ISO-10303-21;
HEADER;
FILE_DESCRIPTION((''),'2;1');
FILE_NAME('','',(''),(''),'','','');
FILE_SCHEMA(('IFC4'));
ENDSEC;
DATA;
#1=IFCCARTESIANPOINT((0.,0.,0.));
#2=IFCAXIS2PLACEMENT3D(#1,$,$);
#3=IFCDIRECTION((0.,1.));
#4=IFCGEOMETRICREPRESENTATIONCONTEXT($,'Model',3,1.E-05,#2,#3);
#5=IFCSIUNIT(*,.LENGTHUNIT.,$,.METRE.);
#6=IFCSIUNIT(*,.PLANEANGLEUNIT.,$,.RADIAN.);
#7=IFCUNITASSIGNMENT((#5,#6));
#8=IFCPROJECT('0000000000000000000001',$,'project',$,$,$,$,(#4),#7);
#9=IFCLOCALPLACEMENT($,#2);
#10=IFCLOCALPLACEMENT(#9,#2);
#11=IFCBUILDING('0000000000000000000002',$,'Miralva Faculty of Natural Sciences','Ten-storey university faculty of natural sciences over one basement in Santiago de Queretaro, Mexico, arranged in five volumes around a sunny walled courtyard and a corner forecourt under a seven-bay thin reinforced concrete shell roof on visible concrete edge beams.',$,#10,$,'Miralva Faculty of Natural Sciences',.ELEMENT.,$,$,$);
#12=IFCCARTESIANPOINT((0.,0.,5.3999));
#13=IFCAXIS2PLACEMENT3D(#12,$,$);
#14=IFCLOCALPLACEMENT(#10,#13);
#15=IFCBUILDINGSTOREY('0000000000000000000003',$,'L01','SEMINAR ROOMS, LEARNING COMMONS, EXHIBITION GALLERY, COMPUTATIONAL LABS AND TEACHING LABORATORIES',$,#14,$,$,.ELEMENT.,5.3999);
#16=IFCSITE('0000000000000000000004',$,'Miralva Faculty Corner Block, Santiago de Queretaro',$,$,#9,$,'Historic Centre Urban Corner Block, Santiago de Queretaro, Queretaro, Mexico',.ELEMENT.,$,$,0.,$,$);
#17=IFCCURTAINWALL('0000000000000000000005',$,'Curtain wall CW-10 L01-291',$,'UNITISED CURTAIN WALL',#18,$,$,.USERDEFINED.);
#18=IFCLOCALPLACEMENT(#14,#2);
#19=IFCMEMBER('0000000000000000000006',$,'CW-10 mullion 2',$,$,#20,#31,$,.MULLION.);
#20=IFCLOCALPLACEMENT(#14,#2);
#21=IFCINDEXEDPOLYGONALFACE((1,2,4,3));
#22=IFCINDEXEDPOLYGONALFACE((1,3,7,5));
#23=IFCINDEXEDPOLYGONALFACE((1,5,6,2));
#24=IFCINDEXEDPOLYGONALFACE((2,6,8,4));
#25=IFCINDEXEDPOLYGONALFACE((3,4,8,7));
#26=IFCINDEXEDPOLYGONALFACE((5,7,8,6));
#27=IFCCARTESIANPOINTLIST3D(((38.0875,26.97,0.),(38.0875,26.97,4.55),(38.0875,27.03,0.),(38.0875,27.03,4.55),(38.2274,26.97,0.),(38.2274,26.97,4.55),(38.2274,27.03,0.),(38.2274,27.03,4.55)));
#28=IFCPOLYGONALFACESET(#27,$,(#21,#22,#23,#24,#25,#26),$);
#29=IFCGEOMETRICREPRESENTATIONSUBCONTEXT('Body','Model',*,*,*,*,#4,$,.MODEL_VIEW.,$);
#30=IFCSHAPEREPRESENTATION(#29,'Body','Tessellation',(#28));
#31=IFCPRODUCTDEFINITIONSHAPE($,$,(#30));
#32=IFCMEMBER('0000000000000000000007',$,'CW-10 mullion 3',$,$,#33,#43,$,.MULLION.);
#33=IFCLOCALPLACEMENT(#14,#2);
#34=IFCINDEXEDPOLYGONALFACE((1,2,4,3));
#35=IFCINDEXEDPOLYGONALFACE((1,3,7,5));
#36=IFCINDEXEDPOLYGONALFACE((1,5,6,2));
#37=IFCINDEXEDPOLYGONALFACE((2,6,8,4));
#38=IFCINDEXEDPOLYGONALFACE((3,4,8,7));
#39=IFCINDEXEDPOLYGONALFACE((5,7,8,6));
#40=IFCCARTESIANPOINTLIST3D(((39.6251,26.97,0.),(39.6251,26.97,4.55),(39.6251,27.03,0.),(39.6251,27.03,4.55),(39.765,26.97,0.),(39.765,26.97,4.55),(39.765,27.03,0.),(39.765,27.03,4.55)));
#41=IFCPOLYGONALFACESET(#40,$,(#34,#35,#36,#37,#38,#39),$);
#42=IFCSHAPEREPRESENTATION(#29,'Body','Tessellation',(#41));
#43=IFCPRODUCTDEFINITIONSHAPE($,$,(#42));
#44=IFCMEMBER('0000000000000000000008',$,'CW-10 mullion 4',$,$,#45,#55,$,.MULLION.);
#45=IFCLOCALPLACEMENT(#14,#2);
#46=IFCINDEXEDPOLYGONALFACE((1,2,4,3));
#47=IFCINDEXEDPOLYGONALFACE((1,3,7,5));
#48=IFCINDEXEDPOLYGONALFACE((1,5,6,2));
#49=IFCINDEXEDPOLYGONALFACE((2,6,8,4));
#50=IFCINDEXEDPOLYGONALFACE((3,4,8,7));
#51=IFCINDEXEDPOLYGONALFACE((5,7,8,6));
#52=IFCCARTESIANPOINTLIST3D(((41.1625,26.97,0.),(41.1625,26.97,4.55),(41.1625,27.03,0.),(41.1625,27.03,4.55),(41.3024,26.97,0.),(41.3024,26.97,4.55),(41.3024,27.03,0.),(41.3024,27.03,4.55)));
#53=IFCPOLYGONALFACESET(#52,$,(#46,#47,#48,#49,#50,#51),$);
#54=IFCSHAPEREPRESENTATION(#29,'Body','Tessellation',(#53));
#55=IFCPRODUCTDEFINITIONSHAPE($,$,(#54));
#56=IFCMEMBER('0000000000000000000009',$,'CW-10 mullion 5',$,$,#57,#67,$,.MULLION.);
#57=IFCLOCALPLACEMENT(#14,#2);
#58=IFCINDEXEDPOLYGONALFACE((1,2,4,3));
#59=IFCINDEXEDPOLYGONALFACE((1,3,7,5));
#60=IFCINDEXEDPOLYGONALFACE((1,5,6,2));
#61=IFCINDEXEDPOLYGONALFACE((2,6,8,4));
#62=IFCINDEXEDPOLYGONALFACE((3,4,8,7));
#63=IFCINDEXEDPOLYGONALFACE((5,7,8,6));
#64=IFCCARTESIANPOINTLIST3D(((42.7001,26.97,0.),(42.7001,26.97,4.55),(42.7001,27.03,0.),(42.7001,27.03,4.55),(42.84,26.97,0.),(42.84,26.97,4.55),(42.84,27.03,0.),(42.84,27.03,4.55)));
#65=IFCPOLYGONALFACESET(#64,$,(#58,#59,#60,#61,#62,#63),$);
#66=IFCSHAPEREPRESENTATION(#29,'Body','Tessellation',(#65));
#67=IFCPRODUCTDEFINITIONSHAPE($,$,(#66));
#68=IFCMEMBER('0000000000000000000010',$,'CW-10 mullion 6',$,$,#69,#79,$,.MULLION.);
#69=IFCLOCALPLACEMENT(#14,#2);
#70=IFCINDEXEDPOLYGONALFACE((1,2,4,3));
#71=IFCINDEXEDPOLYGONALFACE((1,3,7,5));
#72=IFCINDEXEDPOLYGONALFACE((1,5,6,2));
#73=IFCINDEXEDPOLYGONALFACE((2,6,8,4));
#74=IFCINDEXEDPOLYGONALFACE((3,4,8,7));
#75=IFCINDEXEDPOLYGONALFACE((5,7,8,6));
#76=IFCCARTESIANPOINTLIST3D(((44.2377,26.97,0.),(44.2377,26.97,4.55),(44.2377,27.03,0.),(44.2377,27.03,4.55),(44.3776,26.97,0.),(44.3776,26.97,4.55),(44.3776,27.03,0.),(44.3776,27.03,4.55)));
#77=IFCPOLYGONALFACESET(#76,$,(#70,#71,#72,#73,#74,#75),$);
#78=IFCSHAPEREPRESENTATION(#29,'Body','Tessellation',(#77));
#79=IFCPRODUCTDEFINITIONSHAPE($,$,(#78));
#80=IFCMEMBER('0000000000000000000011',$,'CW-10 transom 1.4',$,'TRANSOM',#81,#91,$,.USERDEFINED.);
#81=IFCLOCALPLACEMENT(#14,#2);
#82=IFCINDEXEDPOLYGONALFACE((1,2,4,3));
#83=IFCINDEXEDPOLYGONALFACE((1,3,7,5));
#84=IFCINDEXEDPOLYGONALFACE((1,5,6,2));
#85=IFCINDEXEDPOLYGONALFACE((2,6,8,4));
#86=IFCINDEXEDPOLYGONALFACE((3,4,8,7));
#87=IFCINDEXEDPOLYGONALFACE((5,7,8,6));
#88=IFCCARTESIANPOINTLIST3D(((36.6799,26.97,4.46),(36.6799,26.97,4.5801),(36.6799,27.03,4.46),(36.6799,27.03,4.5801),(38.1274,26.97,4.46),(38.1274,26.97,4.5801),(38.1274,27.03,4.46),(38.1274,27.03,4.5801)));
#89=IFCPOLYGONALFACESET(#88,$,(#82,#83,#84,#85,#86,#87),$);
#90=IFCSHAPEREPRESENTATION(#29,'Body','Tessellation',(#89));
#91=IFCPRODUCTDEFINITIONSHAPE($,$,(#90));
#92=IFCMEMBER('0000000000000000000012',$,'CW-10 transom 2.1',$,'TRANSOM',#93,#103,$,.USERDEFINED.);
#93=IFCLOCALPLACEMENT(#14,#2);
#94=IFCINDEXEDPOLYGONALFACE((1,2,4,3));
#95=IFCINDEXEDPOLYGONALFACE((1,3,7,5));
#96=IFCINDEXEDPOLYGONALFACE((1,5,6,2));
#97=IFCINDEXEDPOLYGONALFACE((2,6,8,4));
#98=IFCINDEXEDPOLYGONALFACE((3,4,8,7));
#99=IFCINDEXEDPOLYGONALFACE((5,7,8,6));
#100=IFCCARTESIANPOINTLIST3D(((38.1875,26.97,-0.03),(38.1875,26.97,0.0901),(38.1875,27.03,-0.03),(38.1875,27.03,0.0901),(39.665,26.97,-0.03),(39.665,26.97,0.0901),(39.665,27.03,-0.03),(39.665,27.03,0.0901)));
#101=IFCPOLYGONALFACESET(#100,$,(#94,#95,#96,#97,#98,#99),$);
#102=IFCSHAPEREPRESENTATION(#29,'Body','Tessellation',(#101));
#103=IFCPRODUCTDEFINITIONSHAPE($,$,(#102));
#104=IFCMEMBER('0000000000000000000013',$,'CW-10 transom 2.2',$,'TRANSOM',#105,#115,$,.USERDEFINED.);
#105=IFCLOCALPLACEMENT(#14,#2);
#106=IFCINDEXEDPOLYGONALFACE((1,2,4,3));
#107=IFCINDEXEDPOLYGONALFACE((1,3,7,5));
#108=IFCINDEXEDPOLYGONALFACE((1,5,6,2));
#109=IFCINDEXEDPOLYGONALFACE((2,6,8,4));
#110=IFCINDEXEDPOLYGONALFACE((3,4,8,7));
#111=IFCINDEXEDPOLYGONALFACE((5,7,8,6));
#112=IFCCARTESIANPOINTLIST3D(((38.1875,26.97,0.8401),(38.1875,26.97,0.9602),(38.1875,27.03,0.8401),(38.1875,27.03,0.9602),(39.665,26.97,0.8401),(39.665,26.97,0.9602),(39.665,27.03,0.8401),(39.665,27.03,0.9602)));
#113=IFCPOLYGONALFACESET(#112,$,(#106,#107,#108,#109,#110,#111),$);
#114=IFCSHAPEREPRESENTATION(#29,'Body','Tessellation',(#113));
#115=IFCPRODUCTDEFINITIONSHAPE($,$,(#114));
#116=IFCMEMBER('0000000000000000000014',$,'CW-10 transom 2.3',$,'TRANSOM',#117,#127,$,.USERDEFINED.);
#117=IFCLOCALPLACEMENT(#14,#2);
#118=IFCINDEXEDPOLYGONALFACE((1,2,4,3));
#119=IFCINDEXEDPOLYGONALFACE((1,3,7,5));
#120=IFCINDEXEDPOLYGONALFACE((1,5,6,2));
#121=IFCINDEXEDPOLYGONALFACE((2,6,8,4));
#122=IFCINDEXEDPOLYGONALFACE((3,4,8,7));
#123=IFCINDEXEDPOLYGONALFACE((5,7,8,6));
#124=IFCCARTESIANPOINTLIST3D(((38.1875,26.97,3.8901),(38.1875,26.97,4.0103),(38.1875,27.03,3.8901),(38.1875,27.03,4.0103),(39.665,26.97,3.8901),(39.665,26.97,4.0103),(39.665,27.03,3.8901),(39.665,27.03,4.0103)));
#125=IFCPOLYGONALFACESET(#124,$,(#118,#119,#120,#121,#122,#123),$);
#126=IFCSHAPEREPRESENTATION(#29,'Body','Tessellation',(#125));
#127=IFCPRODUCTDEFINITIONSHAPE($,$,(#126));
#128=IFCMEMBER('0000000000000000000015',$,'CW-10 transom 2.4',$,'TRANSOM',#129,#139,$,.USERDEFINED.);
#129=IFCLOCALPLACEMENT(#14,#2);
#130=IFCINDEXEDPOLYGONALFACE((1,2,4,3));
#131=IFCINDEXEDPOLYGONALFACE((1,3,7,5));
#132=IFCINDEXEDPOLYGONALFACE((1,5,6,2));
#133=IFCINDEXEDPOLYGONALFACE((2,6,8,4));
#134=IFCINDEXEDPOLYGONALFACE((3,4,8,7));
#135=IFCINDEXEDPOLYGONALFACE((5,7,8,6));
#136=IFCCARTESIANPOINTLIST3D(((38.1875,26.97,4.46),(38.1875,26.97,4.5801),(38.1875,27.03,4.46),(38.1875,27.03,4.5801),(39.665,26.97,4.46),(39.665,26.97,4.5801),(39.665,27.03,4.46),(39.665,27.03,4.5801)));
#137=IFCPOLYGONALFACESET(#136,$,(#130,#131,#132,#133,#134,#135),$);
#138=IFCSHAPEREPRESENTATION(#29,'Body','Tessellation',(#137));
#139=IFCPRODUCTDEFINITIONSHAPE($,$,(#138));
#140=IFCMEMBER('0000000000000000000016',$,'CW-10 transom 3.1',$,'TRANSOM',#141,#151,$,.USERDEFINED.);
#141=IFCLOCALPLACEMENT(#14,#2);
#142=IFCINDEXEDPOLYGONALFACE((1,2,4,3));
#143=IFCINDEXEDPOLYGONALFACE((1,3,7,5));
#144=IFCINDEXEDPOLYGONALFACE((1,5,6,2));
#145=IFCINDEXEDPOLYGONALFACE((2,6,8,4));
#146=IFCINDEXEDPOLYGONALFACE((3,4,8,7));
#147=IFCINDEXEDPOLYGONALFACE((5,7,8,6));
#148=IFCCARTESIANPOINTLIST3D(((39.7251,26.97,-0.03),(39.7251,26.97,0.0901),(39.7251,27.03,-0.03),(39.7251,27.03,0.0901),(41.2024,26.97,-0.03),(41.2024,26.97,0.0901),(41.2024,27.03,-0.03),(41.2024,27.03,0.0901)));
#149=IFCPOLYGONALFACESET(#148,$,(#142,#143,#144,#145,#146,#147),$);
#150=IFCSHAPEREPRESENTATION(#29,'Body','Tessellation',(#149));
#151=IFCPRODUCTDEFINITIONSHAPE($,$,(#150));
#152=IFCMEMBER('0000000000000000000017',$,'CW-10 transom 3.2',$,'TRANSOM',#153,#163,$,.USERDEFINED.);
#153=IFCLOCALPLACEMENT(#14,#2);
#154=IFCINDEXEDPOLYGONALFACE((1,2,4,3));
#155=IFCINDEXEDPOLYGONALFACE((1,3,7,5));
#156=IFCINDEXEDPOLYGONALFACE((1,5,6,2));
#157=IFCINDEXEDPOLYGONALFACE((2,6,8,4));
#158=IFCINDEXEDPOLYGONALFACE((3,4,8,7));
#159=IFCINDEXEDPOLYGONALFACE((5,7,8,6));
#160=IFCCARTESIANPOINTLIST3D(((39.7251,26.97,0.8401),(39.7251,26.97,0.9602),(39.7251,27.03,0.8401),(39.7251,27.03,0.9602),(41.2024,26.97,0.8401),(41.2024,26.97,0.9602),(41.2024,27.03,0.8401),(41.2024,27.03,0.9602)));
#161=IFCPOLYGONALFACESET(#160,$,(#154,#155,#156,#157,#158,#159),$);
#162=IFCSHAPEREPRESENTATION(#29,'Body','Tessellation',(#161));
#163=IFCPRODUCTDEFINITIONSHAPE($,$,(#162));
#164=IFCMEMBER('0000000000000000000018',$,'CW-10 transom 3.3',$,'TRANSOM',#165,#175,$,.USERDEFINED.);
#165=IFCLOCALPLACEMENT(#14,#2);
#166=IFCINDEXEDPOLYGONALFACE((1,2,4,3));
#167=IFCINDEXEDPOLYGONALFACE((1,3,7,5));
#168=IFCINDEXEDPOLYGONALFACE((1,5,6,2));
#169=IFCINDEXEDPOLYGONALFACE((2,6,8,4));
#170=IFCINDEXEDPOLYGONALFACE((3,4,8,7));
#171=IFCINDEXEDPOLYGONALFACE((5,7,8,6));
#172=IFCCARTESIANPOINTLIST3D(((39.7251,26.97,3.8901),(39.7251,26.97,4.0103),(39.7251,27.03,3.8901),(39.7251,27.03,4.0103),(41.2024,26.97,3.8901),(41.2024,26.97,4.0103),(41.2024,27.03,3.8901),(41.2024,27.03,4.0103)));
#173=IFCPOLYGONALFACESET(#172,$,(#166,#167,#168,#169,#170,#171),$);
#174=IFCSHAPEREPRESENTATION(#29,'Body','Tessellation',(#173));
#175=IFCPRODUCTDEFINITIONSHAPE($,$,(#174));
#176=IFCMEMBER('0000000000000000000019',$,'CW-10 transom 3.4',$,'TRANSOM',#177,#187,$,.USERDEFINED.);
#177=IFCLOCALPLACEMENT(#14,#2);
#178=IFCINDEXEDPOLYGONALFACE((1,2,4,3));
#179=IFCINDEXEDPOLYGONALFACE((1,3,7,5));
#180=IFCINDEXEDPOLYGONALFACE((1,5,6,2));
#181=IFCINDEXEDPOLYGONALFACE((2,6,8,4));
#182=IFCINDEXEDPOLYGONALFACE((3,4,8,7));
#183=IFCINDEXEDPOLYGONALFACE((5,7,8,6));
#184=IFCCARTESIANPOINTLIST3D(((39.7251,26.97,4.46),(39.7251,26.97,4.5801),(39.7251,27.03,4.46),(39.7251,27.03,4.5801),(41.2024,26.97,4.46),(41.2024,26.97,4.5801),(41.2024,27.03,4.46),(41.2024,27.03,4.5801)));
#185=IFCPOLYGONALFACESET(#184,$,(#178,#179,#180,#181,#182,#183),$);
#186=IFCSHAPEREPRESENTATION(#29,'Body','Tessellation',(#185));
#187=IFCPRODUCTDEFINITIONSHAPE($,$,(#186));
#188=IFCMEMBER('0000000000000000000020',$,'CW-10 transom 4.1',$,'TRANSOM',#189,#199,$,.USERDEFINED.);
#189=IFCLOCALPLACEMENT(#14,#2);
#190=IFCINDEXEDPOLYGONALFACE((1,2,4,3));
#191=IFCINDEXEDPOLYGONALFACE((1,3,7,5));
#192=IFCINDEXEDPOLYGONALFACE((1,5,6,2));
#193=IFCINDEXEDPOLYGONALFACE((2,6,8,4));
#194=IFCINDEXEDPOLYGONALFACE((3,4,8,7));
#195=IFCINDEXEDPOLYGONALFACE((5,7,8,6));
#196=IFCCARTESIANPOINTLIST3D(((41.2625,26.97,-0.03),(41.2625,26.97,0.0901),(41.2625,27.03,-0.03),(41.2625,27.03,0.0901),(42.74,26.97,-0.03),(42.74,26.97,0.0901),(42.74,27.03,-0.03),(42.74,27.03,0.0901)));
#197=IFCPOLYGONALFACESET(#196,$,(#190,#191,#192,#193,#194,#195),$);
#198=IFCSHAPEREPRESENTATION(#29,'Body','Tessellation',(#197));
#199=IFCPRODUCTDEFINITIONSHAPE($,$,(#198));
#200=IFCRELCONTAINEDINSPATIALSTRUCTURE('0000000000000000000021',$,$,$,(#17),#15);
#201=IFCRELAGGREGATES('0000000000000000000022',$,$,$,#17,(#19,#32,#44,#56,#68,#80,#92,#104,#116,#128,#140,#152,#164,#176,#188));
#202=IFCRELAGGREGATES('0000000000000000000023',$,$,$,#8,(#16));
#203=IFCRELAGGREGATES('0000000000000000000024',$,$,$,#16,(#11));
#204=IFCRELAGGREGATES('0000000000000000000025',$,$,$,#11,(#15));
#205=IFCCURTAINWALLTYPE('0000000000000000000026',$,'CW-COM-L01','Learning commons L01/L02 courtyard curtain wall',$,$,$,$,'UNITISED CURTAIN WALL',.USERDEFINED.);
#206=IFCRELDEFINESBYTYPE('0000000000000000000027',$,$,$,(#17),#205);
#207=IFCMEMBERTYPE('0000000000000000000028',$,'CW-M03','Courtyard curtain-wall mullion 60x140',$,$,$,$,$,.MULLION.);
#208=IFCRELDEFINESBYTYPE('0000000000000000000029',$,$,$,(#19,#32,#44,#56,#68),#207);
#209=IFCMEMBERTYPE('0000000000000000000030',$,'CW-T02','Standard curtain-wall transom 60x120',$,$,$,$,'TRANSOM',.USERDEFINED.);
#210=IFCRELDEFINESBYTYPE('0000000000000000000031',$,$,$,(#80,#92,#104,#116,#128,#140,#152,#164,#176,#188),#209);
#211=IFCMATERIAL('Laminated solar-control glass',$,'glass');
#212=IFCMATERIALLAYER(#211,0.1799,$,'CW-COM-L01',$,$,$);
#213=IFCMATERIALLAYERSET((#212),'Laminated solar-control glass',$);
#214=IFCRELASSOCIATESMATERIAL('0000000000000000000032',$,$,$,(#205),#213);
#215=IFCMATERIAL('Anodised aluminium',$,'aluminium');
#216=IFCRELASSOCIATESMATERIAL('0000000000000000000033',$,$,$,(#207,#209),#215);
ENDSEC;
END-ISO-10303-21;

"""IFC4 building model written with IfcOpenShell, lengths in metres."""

from ifc_helpers import new_model, si_unit, direction, frame, origin, origin_2d, place, context, subcontext, project, spatial, rectangle, extrude, material, layer, layer_set, material_profile, profile_set, type_object, element, aggregate, save


model = new_model("IFC4")

# Units and contexts
model_context = context("Model", 3, precision=1e-05, world=origin(), true_north=direction((0.0, 1.0)))
body_context = subcontext(model_context, "Body", "Model", "MODEL_VIEW")
ifc_project = project(units=[si_unit("LENGTHUNIT", "METRE"), si_unit("PLANEANGLEUNIT", "RADIAN")], contexts=[model_context])

# Site, building, storey
site_placement = place(None, origin())
site = spatial("IfcSite", under=ifc_project, at=site_placement, Name="Miralva Faculty Corner Block, Santiago de Queretaro", LongName="Historic Centre Urban Corner Block, Santiago de Queretaro, Queretaro, Mexico", CompositionType="ELEMENT", RefElevation=0.0)
building_placement = place(site_placement, origin())
building = spatial("IfcBuilding", under=site, at=building_placement, Name="Miralva Faculty of Natural Sciences", Description="Ten-storey university faculty of natural sciences over one basement in Santiago de Queretaro, Mexico, arranged in five volumes around a sunny walled courtyard and a corner forecourt under a seven-bay thin reinforced concrete shell roof on visible concrete edge beams.", LongName="Miralva Faculty of Natural Sciences", CompositionType="ELEMENT")
storey_placement = place(building_placement, frame((0.0, 0.0, 5.3999)))
storey = spatial("IfcBuildingStorey", under=building, at=storey_placement, Name="L01", Description="SEMINAR ROOMS, LEARNING COMMONS, EXHIBITION GALLERY, COMPUTATIONAL LABS AND TEACHING LABORATORIES", CompositionType="ELEMENT", Elevation=5.3999)

# Curtain wall, members
ifc_material_1 = material(Name="Laminated solar-control glass", Category="glass")
ifc_layer_1 = layer(ifc_material_1, 0.1799, Name="CW-COM-L01")
ifc_layer_set_1 = layer_set([ifc_layer_1], Name="Laminated solar-control glass")
curtain_wall_type = type_object("IfcCurtainWallType", Name="CW-COM-L01", Description="Learning commons L01/L02 courtyard curtain wall", ElementType="UNITISED CURTAIN WALL", PredefinedType="USERDEFINED", material=ifc_layer_set_1)
curtain_wall_placement = place(storey_placement, origin())
curtain_wall = element("IfcCurtainWall", 1, at=curtain_wall_placement, inside=storey, type_object=curtain_wall_type, Name="Curtain wall CW-10 L01-291", ObjectType="UNITISED CURTAIN WALL", PredefinedType="USERDEFINED")
ifc_material_2 = material(Name="Anodised aluminium", Category="aluminium")
ifc_material_profile_1 = material_profile(ifc_material_2, rectangle(XDim=0.0601, YDim=0.1399, at=origin_2d()), Name="MULLION 60x140")
ifc_profile_set_1 = profile_set([ifc_material_profile_1], Name="Anodised aluminium")
member_type_1 = type_object("IfcMemberType", Name="CW-M03", Description="Courtyard curtain-wall mullion 60x140", PredefinedType="MULLION", material=ifc_profile_set_1)
member_1_placement = place(storey_placement, frame((38.1575, 27.0, 0.0), z_axis=(0.0, 0.0, 1.0), x_axis=(0.0, 1.0, 0.0)))
member_1 = element("IfcMember", 2, at=member_1_placement, type_object=member_type_1, Name="CW-10 mullion 2", PredefinedType="MULLION", context=body_context, shape_type="SweptSolid", body=[
    extrude(rectangle(XDim=0.0601, YDim=0.1399, at=origin_2d()), origin(), (0.0, 0.0, 1.0), 4.55),
])
member_2_placement = place(storey_placement, frame((39.6951, 27.0, 0.0), z_axis=(0.0, 0.0, 1.0), x_axis=(0.0, 1.0, 0.0)))
member_2 = element("IfcMember", 3, at=member_2_placement, type_object=member_type_1, Name="CW-10 mullion 3", PredefinedType="MULLION", context=body_context, shape_type="SweptSolid", body=[
    extrude(rectangle(XDim=0.0601, YDim=0.1399, at=origin_2d()), origin(), (0.0, 0.0, 1.0), 4.55),
])
member_3_placement = place(storey_placement, frame((41.2324, 27.0, 0.0), z_axis=(0.0, 0.0, 1.0), x_axis=(0.0, 1.0, 0.0)))
member_3 = element("IfcMember", 4, at=member_3_placement, type_object=member_type_1, Name="CW-10 mullion 4", PredefinedType="MULLION", context=body_context, shape_type="SweptSolid", body=[
    extrude(rectangle(XDim=0.0601, YDim=0.1399, at=origin_2d()), origin(), (0.0, 0.0, 1.0), 4.55),
])
member_4_placement = place(storey_placement, frame((42.77, 27.0, 0.0), z_axis=(0.0, 0.0, 1.0), x_axis=(0.0, 1.0, 0.0)))
member_4 = element("IfcMember", 5, at=member_4_placement, type_object=member_type_1, Name="CW-10 mullion 5", PredefinedType="MULLION", context=body_context, shape_type="SweptSolid", body=[
    extrude(rectangle(XDim=0.0601, YDim=0.1399, at=origin_2d()), origin(), (0.0, 0.0, 1.0), 4.55),
])
member_5_placement = place(storey_placement, frame((44.3076, 27.0, 0.0), z_axis=(0.0, 0.0, 1.0), x_axis=(0.0, 1.0, 0.0)))
member_5 = element("IfcMember", 6, at=member_5_placement, type_object=member_type_1, Name="CW-10 mullion 6", PredefinedType="MULLION", context=body_context, shape_type="SweptSolid", body=[
    extrude(rectangle(XDim=0.0601, YDim=0.1399, at=origin_2d()), origin(), (0.0, 0.0, 1.0), 4.55),
])
ifc_material_profile_2 = material_profile(ifc_material_2, rectangle(XDim=0.0601, YDim=0.1201, at=origin_2d()), Name="TRANSOM 60x120")
ifc_profile_set_2 = profile_set([ifc_material_profile_2], Name="Anodised aluminium")
member_type_2 = type_object("IfcMemberType", Name="CW-T02", Description="Standard curtain-wall transom 60x120", ElementType="TRANSOM", PredefinedType="USERDEFINED", material=ifc_profile_set_2)
member_6_placement = place(storey_placement, frame((36.6799, 27.0, 4.52), z_axis=(1.0, 0.0, 0.0), x_axis=(0.0, 1.0, 0.0)))
member_6 = element("IfcMember", 7, at=member_6_placement, type_object=member_type_2, Name="CW-10 transom 1.4", ObjectType="TRANSOM", PredefinedType="USERDEFINED", context=body_context, shape_type="SweptSolid", body=[
    extrude(rectangle(XDim=0.0601, YDim=0.1201, at=origin_2d()), origin(), (0.0, 0.0, 1.0), 1.4475),
])
member_7_placement = place(storey_placement, frame((38.1875, 27.0, 0.03), z_axis=(1.0, 0.0, 0.0), x_axis=(0.0, 1.0, 0.0)))
member_7 = element("IfcMember", 8, at=member_7_placement, type_object=member_type_2, Name="CW-10 transom 2.1", ObjectType="TRANSOM", PredefinedType="USERDEFINED", context=body_context, shape_type="SweptSolid", body=[
    extrude(rectangle(XDim=0.0601, YDim=0.1201, at=origin_2d()), origin(), (0.0, 0.0, 1.0), 1.4775),
])
member_8_placement = place(storey_placement, frame((38.1875, 27.0, 0.9001), z_axis=(1.0, 0.0, 0.0), x_axis=(0.0, 1.0, 0.0)))
member_8 = element("IfcMember", 9, at=member_8_placement, type_object=member_type_2, Name="CW-10 transom 2.2", ObjectType="TRANSOM", PredefinedType="USERDEFINED", context=body_context, shape_type="SweptSolid", body=[
    extrude(rectangle(XDim=0.0601, YDim=0.1201, at=origin_2d()), origin(), (0.0, 0.0, 1.0), 1.4775),
])
member_9_placement = place(storey_placement, frame((38.1875, 27.0, 3.9502), z_axis=(1.0, 0.0, 0.0), x_axis=(0.0, 1.0, 0.0)))
member_9 = element("IfcMember", 10, at=member_9_placement, type_object=member_type_2, Name="CW-10 transom 2.3", ObjectType="TRANSOM", PredefinedType="USERDEFINED", context=body_context, shape_type="SweptSolid", body=[
    extrude(rectangle(XDim=0.0601, YDim=0.1201, at=origin_2d()), origin(), (0.0, 0.0, 1.0), 1.4775),
])
member_10_placement = place(storey_placement, frame((38.1875, 27.0, 4.52), z_axis=(1.0, 0.0, 0.0), x_axis=(0.0, 1.0, 0.0)))
member_10 = element("IfcMember", 11, at=member_10_placement, type_object=member_type_2, Name="CW-10 transom 2.4", ObjectType="TRANSOM", PredefinedType="USERDEFINED", context=body_context, shape_type="SweptSolid", body=[
    extrude(rectangle(XDim=0.0601, YDim=0.1201, at=origin_2d()), origin(), (0.0, 0.0, 1.0), 1.4775),
])
member_11_placement = place(storey_placement, frame((39.7251, 27.0, 0.03), z_axis=(1.0, 0.0, 0.0), x_axis=(0.0, 1.0, 0.0)))
member_11 = element("IfcMember", 12, at=member_11_placement, type_object=member_type_2, Name="CW-10 transom 3.1", ObjectType="TRANSOM", PredefinedType="USERDEFINED", context=body_context, shape_type="SweptSolid", body=[
    extrude(rectangle(XDim=0.0601, YDim=0.1201, at=origin_2d()), origin(), (0.0, 0.0, 1.0), 1.4773),
])
member_12_placement = place(storey_placement, frame((39.7251, 27.0, 0.9001), z_axis=(1.0, 0.0, 0.0), x_axis=(0.0, 1.0, 0.0)))
member_12 = element("IfcMember", 13, at=member_12_placement, type_object=member_type_2, Name="CW-10 transom 3.2", ObjectType="TRANSOM", PredefinedType="USERDEFINED", context=body_context, shape_type="SweptSolid", body=[
    extrude(rectangle(XDim=0.0601, YDim=0.1201, at=origin_2d()), origin(), (0.0, 0.0, 1.0), 1.4773),
])
member_13_placement = place(storey_placement, frame((39.7251, 27.0, 3.9502), z_axis=(1.0, 0.0, 0.0), x_axis=(0.0, 1.0, 0.0)))
member_13 = element("IfcMember", 14, at=member_13_placement, type_object=member_type_2, Name="CW-10 transom 3.3", ObjectType="TRANSOM", PredefinedType="USERDEFINED", context=body_context, shape_type="SweptSolid", body=[
    extrude(rectangle(XDim=0.0601, YDim=0.1201, at=origin_2d()), origin(), (0.0, 0.0, 1.0), 1.4773),
])
member_14_placement = place(storey_placement, frame((39.7251, 27.0, 4.52), z_axis=(1.0, 0.0, 0.0), x_axis=(0.0, 1.0, 0.0)))
member_14 = element("IfcMember", 15, at=member_14_placement, type_object=member_type_2, Name="CW-10 transom 3.4", ObjectType="TRANSOM", PredefinedType="USERDEFINED", context=body_context, shape_type="SweptSolid", body=[
    extrude(rectangle(XDim=0.0601, YDim=0.1201, at=origin_2d()), origin(), (0.0, 0.0, 1.0), 1.4773),
])
member_15_placement = place(storey_placement, frame((41.2625, 27.0, 0.03), z_axis=(1.0, 0.0, 0.0), x_axis=(0.0, 1.0, 0.0)))
member_15 = element("IfcMember", 16, at=member_15_placement, type_object=member_type_2, Name="CW-10 transom 4.1", ObjectType="TRANSOM", PredefinedType="USERDEFINED", context=body_context, shape_type="SweptSolid", body=[
    extrude(rectangle(XDim=0.0601, YDim=0.1201, at=origin_2d()), origin(), (0.0, 0.0, 1.0), 1.4775),
])
aggregate(curtain_wall, [member_1, member_2, member_3, member_4, member_5, member_6, member_7, member_8, member_9, member_10, member_11, member_12, member_13, member_14, member_15])

save(model, "model.ifc")
